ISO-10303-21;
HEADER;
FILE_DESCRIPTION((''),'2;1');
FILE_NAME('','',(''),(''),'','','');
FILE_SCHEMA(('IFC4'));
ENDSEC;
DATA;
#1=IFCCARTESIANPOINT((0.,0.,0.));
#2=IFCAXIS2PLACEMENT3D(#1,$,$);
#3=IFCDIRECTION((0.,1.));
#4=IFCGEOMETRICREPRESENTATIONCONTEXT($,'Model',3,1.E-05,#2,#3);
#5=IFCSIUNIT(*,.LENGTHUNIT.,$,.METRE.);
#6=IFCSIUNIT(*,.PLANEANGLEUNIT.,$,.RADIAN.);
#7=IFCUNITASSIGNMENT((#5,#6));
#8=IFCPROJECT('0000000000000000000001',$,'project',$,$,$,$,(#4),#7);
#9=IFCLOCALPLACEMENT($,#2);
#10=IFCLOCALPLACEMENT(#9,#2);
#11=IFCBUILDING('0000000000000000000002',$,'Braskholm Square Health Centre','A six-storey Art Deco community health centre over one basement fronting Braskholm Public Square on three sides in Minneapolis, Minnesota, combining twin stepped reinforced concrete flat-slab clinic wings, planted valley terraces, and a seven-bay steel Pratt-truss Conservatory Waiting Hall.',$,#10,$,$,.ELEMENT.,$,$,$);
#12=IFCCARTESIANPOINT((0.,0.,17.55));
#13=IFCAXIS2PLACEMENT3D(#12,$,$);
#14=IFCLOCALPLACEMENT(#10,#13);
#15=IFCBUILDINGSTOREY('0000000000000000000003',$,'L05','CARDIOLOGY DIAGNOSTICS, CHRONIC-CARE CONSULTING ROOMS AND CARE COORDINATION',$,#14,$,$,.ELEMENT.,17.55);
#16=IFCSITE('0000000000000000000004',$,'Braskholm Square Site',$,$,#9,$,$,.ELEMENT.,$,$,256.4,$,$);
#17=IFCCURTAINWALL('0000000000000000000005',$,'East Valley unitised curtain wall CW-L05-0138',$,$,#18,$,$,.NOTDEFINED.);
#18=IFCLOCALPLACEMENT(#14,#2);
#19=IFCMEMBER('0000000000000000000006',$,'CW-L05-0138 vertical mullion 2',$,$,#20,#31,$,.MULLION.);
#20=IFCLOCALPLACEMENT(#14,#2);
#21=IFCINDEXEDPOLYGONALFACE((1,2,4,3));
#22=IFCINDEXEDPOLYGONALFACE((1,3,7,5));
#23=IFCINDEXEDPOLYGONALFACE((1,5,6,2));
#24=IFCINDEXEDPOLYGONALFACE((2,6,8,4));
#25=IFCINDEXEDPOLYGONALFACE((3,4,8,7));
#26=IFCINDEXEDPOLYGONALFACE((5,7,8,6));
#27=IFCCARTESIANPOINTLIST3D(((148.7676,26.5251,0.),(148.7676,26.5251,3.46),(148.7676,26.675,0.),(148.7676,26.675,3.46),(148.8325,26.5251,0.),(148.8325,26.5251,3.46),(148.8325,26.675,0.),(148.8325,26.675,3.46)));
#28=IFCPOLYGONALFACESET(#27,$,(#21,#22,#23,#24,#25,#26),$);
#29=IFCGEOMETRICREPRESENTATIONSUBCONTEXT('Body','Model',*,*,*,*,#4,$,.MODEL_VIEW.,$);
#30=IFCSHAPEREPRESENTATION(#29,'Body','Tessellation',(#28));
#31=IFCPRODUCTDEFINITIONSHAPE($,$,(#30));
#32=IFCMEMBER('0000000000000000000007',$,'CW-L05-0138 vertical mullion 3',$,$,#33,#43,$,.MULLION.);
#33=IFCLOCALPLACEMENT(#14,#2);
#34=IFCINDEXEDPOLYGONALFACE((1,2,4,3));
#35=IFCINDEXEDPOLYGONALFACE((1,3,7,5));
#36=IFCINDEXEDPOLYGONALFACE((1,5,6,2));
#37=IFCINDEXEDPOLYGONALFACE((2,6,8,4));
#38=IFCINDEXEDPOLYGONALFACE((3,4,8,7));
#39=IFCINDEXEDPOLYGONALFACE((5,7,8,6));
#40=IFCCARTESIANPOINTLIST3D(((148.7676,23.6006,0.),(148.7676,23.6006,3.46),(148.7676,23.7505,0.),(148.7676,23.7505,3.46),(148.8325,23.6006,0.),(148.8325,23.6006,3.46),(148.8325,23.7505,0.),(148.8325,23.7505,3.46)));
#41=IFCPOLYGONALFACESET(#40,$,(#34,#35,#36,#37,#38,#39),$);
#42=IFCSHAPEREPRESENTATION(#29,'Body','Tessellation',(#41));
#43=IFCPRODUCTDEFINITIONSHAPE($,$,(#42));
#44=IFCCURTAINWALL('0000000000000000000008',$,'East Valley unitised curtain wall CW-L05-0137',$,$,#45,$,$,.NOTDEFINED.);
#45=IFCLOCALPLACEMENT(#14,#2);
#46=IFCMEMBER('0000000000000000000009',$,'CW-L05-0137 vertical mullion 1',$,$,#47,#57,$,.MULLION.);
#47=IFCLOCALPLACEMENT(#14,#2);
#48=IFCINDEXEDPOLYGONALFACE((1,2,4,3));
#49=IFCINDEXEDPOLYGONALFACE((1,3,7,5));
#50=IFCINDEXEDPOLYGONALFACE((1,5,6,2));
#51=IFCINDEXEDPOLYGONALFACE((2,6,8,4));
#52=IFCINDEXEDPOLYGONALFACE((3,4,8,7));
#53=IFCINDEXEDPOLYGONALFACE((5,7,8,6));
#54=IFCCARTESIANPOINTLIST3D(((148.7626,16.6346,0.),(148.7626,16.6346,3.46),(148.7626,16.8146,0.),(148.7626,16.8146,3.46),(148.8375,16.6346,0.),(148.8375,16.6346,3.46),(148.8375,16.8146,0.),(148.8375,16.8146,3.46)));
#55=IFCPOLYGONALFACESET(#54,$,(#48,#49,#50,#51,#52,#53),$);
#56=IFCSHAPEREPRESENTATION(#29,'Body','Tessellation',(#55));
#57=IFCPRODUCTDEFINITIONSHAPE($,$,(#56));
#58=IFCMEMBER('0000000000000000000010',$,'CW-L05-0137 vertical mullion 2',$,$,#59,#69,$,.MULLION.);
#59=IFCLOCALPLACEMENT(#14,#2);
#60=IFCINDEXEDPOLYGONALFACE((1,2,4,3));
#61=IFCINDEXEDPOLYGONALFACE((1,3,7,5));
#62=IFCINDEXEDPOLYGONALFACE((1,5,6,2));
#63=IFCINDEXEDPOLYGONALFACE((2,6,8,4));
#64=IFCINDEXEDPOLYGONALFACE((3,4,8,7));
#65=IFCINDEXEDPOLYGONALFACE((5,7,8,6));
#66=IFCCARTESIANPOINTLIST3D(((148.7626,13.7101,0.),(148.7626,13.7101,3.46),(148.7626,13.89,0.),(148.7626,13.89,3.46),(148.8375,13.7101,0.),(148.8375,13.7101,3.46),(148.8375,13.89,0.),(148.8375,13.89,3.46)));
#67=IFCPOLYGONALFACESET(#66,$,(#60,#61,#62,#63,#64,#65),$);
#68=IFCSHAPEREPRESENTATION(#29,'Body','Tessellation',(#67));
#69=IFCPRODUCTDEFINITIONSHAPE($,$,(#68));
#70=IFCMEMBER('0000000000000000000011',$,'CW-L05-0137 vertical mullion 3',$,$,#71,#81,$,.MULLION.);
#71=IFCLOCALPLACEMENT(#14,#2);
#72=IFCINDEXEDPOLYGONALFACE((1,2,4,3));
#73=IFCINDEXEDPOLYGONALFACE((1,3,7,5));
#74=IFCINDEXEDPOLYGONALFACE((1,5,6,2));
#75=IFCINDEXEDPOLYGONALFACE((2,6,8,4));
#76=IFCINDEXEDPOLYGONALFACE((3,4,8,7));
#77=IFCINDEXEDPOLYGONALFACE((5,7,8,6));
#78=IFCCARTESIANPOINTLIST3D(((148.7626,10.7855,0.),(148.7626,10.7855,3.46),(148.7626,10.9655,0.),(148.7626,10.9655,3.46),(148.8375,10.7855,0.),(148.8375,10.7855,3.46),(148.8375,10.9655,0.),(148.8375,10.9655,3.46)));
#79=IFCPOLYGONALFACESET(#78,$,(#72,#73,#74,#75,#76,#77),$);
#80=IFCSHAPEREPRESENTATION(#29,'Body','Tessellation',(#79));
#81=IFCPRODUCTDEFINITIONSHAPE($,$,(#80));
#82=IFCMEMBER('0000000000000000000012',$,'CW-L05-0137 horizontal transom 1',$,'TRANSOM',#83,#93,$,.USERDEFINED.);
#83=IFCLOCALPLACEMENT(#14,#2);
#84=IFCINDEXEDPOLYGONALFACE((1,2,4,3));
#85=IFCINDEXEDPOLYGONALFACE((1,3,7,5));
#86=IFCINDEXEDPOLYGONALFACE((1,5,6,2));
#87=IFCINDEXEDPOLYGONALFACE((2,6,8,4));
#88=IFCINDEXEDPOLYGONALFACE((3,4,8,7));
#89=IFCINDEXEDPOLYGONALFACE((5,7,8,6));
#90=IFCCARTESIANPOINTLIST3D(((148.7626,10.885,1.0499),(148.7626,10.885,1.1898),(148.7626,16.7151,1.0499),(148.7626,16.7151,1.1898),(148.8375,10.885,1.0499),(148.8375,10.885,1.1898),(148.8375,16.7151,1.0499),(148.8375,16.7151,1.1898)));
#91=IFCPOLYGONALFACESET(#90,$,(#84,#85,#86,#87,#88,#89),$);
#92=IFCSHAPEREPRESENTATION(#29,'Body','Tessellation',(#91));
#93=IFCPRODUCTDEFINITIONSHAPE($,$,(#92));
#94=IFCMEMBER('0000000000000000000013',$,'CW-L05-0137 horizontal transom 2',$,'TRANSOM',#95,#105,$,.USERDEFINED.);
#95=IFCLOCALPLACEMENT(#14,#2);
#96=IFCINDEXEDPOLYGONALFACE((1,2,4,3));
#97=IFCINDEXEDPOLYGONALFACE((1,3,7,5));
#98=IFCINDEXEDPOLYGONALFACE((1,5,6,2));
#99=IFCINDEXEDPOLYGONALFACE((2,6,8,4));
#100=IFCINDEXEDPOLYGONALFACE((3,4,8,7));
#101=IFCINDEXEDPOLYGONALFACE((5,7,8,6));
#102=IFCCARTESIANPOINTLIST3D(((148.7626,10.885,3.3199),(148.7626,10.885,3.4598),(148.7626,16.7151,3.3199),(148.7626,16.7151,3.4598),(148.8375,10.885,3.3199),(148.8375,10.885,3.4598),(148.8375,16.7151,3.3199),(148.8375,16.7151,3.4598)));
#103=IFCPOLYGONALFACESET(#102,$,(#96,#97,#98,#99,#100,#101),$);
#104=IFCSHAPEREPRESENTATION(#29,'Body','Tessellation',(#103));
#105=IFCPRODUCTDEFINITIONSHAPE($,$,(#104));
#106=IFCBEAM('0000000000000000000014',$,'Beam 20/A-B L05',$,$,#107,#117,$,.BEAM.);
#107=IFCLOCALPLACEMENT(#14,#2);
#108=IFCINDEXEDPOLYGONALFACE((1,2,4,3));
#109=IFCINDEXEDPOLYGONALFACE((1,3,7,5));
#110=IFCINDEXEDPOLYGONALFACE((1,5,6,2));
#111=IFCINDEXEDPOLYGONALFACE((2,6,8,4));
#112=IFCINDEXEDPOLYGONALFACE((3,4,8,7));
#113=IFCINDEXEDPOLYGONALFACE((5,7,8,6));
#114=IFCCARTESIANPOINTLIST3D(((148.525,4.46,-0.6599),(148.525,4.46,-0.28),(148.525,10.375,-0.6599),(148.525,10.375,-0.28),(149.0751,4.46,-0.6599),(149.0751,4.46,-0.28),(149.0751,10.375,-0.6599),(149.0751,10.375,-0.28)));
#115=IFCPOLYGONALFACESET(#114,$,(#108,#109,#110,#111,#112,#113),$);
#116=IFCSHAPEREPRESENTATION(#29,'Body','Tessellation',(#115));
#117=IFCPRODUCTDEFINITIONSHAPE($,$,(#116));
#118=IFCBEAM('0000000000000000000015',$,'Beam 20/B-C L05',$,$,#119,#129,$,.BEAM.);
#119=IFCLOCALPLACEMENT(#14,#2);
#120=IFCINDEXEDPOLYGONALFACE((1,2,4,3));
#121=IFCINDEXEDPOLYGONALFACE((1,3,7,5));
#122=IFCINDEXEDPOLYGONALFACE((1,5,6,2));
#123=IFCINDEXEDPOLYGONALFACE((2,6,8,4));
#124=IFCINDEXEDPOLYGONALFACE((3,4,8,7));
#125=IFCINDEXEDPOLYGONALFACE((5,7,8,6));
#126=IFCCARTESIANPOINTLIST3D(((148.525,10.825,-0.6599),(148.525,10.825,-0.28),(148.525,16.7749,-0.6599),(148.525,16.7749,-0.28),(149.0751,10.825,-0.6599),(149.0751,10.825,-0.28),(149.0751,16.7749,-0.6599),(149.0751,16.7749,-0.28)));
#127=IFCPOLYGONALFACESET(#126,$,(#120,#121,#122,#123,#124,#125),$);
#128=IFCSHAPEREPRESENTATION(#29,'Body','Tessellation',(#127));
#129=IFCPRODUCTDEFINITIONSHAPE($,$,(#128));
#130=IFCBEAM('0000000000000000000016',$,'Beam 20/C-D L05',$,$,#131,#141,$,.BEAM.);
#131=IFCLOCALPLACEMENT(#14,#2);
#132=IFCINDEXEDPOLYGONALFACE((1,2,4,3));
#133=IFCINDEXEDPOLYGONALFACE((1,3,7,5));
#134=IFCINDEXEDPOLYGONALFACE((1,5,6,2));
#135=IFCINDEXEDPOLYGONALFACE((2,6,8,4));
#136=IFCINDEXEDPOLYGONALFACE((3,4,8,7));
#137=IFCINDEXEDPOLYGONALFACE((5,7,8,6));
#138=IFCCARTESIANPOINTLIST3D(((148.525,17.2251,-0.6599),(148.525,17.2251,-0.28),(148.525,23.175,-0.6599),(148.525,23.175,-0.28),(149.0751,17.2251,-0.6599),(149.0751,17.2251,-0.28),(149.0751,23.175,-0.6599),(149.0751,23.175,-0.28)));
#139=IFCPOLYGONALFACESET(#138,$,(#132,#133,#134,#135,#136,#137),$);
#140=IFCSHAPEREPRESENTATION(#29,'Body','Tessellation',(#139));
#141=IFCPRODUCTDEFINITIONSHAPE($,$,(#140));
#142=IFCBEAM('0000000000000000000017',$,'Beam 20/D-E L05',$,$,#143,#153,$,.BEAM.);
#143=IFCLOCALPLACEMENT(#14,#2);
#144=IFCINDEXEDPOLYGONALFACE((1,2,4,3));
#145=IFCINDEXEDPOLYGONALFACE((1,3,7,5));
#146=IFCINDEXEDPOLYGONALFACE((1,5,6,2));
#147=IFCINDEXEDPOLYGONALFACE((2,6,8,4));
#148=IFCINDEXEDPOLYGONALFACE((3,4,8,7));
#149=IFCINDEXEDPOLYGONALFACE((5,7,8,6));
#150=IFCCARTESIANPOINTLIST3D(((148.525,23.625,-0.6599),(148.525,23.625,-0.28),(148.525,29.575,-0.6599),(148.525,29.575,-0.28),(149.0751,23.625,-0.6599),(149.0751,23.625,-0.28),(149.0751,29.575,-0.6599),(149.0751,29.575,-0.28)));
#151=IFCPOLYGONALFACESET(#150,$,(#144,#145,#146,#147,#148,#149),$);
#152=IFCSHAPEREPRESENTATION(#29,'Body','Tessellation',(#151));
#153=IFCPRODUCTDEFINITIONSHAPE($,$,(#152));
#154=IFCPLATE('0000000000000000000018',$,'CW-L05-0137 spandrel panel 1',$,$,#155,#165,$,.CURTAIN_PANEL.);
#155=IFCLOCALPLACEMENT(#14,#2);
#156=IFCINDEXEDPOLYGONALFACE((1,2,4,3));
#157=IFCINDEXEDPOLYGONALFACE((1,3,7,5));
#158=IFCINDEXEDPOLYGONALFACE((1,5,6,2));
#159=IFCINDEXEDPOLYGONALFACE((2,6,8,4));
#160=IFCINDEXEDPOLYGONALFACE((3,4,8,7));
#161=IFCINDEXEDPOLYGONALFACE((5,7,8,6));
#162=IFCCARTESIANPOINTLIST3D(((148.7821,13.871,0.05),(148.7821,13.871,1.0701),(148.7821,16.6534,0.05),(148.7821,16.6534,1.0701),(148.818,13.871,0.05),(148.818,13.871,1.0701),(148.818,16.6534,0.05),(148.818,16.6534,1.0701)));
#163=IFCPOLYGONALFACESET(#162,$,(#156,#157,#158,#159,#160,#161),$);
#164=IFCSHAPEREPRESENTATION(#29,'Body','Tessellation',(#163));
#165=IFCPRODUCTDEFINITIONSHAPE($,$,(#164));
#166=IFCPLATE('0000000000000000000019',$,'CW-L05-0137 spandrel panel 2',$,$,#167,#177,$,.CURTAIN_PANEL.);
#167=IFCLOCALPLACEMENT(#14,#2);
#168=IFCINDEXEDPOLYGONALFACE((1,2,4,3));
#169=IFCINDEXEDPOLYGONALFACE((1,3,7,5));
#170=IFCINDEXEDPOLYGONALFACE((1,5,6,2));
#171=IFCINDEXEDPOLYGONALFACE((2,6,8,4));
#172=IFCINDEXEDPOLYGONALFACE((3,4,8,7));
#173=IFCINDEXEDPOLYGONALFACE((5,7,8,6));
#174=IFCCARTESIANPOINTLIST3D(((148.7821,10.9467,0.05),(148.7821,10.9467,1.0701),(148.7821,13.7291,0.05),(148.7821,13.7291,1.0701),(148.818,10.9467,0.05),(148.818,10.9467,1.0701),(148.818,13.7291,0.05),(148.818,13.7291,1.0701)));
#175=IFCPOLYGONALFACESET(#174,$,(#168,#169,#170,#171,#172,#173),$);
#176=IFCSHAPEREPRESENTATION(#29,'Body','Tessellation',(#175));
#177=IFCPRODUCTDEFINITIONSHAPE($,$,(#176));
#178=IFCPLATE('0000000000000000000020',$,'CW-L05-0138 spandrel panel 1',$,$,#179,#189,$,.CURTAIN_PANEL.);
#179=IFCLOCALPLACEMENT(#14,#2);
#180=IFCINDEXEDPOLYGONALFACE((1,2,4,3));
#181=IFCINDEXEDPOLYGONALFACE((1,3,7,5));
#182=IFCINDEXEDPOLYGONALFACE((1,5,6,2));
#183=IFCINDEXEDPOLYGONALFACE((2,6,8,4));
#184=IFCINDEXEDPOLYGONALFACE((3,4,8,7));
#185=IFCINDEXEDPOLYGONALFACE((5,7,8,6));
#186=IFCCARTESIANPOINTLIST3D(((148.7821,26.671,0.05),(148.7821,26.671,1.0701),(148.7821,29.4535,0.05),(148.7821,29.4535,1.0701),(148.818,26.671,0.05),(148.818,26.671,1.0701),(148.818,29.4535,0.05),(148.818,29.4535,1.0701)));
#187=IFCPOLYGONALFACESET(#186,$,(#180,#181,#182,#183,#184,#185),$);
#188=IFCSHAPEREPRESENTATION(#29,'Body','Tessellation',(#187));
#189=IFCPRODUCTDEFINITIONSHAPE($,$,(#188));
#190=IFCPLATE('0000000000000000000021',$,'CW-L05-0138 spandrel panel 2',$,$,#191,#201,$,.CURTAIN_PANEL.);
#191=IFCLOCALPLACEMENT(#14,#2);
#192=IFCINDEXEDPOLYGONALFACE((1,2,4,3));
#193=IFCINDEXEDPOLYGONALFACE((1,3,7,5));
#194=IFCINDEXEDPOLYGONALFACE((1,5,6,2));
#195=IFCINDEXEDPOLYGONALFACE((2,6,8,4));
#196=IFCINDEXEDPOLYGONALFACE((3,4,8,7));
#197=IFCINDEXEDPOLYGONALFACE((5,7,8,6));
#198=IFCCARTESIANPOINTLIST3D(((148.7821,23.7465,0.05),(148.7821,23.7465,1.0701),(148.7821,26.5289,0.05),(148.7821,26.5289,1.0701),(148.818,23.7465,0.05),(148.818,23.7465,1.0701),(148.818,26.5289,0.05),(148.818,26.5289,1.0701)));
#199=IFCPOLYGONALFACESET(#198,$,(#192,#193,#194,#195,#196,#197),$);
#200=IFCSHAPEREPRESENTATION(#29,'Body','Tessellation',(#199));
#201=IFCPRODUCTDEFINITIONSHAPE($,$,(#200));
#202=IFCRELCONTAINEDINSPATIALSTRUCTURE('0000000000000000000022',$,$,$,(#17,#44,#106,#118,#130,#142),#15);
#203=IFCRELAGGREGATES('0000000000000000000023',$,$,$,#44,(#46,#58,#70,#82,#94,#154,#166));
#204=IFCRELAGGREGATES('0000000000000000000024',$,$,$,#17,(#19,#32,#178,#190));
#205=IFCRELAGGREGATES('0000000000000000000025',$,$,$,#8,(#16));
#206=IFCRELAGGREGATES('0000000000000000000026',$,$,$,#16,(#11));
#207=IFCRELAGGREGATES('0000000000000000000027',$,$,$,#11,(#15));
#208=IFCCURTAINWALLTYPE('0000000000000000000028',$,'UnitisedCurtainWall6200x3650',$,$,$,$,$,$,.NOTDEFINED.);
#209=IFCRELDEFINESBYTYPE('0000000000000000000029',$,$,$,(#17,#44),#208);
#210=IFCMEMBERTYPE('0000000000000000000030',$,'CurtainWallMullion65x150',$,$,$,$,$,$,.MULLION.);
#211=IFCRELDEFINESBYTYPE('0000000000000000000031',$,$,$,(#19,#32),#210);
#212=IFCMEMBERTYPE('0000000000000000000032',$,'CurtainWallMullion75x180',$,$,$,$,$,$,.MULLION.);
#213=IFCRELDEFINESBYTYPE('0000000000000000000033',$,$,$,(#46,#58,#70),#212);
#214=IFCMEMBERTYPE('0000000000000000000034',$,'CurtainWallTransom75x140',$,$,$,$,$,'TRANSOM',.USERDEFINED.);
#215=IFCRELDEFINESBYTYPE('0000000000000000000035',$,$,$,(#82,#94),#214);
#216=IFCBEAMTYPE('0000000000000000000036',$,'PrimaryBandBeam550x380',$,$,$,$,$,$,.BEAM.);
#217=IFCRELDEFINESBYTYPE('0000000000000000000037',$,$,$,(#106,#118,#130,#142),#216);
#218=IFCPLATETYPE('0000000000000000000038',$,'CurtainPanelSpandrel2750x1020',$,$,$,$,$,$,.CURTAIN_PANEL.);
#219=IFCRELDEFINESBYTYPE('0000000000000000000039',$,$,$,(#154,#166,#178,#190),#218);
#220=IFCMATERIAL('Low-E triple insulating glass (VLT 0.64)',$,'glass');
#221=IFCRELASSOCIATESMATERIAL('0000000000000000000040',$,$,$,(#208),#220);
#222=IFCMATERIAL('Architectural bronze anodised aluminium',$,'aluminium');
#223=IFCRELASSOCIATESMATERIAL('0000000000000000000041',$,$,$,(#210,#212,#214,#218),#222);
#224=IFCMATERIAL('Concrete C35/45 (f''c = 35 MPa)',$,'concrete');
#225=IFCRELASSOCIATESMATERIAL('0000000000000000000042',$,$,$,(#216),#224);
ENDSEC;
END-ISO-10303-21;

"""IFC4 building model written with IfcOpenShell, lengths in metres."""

from ifc_helpers import new_model, si_unit, direction, frame, origin, origin_2d, place, context, subcontext, project, spatial, rectangle, extrude, material, material_profile, profile_set, type_object, element, aggregate, save


model = new_model("IFC4")

# Units and contexts
model_context = context("Model", 3, precision=1e-05, world=origin(), true_north=direction((0.0, 1.0)))
body_context = subcontext(model_context, "Body", "Model", "MODEL_VIEW")
ifc_project = project(units=[si_unit("LENGTHUNIT", "METRE"), si_unit("PLANEANGLEUNIT", "RADIAN")], contexts=[model_context])

# Site, building, storey
site_placement = place(None, origin())
site = spatial("IfcSite", under=ifc_project, at=site_placement, Name="Braskholm Square Site", CompositionType="ELEMENT", RefElevation=256.4)
building_placement = place(site_placement, origin())
building = spatial("IfcBuilding", under=site, at=building_placement, Name="Braskholm Square Health Centre", Description="A six-storey Art Deco community health centre over one basement fronting Braskholm Public Square on three sides in Minneapolis, Minnesota, combining twin stepped reinforced concrete flat-slab clinic wings, planted valley terraces, and a seven-bay steel Pratt-truss Conservatory Waiting Hall.", CompositionType="ELEMENT")
storey_placement = place(building_placement, frame((0.0, 0.0, 17.55)))
storey = spatial("IfcBuildingStorey", under=building, at=storey_placement, Name="L05", Description="CARDIOLOGY DIAGNOSTICS, CHRONIC-CARE CONSULTING ROOMS AND CARE COORDINATION", CompositionType="ELEMENT", Elevation=17.55)

# Curtain walls, members
ifc_material_1 = material(Name="Low-E triple insulating glass (VLT 0.64)", Category="glass")
curtain_wall_type = type_object("IfcCurtainWallType", Name="UnitisedCurtainWall6200x3650", PredefinedType="NOTDEFINED", material=ifc_material_1)
curtain_wall_1_placement = place(storey_placement, origin())
curtain_wall_1 = element("IfcCurtainWall", 1, at=curtain_wall_1_placement, inside=storey, type_object=curtain_wall_type, Name="East Valley unitised curtain wall CW-L05-0138", PredefinedType="NOTDEFINED")
ifc_material_2 = material(Name="Architectural bronze anodised aluminium", Category="aluminium")
ifc_material_profile_1 = material_profile(ifc_material_2, rectangle(XDim=0.0649, YDim=0.1499, at=origin_2d()), Name="ALU-65X150")
ifc_profile_set_1 = profile_set([ifc_material_profile_1], Name="Architectural bronze anodised aluminium")
member_type_1 = type_object("IfcMemberType", Name="CurtainWallMullion65x150", PredefinedType="MULLION", material=ifc_profile_set_1)
member_1_placement = place(storey_placement, frame((148.8, 26.6001, 0.0), z_axis=(0.0, 0.0, 1.0), x_axis=(1.0, 0.0, 0.0)))
member_1 = element("IfcMember", 2, at=member_1_placement, type_object=member_type_1, Name="CW-L05-0138 vertical mullion 2", PredefinedType="MULLION", context=body_context, shape_type="SweptSolid", body=[
    extrude(rectangle(XDim=0.0649, YDim=0.1499, at=origin_2d()), origin(), (0.0, 0.0, 1.0), 3.46),
])
member_2_placement = place(storey_placement, frame((148.8, 23.6755, 0.0), z_axis=(0.0, 0.0, 1.0), x_axis=(1.0, 0.0, 0.0)))
member_2 = element("IfcMember", 3, at=member_2_placement, type_object=member_type_1, Name="CW-L05-0138 vertical mullion 3", PredefinedType="MULLION", context=body_context, shape_type="SweptSolid", body=[
    extrude(rectangle(XDim=0.0649, YDim=0.1499, at=origin_2d()), origin(), (0.0, 0.0, 1.0), 3.46),
])
curtain_wall_2_placement = place(storey_placement, origin())
curtain_wall_2 = element("IfcCurtainWall", 4, at=curtain_wall_2_placement, inside=storey, type_object=curtain_wall_type, Name="East Valley unitised curtain wall CW-L05-0137", PredefinedType="NOTDEFINED")
ifc_material_profile_2 = material_profile(ifc_material_2, rectangle(XDim=0.075, YDim=0.1799, at=origin_2d()), Name="ALU-75X180")
ifc_profile_set_2 = profile_set([ifc_material_profile_2], Name="Architectural bronze anodised aluminium")
member_type_2 = type_object("IfcMemberType", Name="CurtainWallMullion75x180", PredefinedType="MULLION", material=ifc_profile_set_2)
member_3_placement = place(storey_placement, frame((148.8, 16.7246, 0.0), z_axis=(0.0, 0.0, 1.0), x_axis=(1.0, 0.0, 0.0)))
member_3 = element("IfcMember", 5, at=member_3_placement, type_object=member_type_2, Name="CW-L05-0137 vertical mullion 1", PredefinedType="MULLION", context=body_context, shape_type="SweptSolid", body=[
    extrude(rectangle(XDim=0.075, YDim=0.1799, at=origin_2d()), origin(), (0.0, 0.0, 1.0), 3.46),
])
member_4_placement = place(storey_placement, frame((148.8, 13.8, 0.0), z_axis=(0.0, 0.0, 1.0), x_axis=(1.0, 0.0, 0.0)))
member_4 = element("IfcMember", 6, at=member_4_placement, type_object=member_type_2, Name="CW-L05-0137 vertical mullion 2", PredefinedType="MULLION", context=body_context, shape_type="SweptSolid", body=[
    extrude(rectangle(XDim=0.075, YDim=0.1799, at=origin_2d()), origin(), (0.0, 0.0, 1.0), 3.46),
])
member_5_placement = place(storey_placement, frame((148.8, 10.8755, 0.0), z_axis=(0.0, 0.0, 1.0), x_axis=(1.0, 0.0, 0.0)))
member_5 = element("IfcMember", 7, at=member_5_placement, type_object=member_type_2, Name="CW-L05-0137 vertical mullion 3", PredefinedType="MULLION", context=body_context, shape_type="SweptSolid", body=[
    extrude(rectangle(XDim=0.075, YDim=0.1799, at=origin_2d()), origin(), (0.0, 0.0, 1.0), 3.46),
])
ifc_material_profile_3 = material_profile(ifc_material_2, rectangle(XDim=0.075, YDim=0.1399, at=origin_2d()), Name="ALU-75X140")
ifc_profile_set_3 = profile_set([ifc_material_profile_3], Name="Architectural bronze anodised aluminium")
member_type_3 = type_object("IfcMemberType", Name="CurtainWallTransom75x140", ElementType="TRANSOM", PredefinedType="USERDEFINED", material=ifc_profile_set_3)
member_6_placement = place(storey_placement, frame((148.8, 16.7151, 1.1199), z_axis=(0.0, -1.0, 0.0), x_axis=(1.0, 0.0, 0.0)))
member_6 = element("IfcMember", 8, at=member_6_placement, type_object=member_type_3, Name="CW-L05-0137 horizontal transom 1", ObjectType="TRANSOM", PredefinedType="USERDEFINED", context=body_context, shape_type="SweptSolid", body=[
    extrude(rectangle(XDim=0.075, YDim=0.1399, at=origin_2d()), origin(), (0.0, 0.0, 1.0), 5.8301),
])
member_7_placement = place(storey_placement, frame((148.8, 16.7151, 3.3899), z_axis=(0.0, -1.0, 0.0), x_axis=(1.0, 0.0, 0.0)))
member_7 = element("IfcMember", 9, at=member_7_placement, type_object=member_type_3, Name="CW-L05-0137 horizontal transom 2", ObjectType="TRANSOM", PredefinedType="USERDEFINED", context=body_context, shape_type="SweptSolid", body=[
    extrude(rectangle(XDim=0.075, YDim=0.1399, at=origin_2d()), origin(), (0.0, 0.0, 1.0), 5.8301),
])

# Beams
ifc_material_3 = material(Name="Concrete C35/45 (f'c = 35 MPa)", Category="concrete")
ifc_material_profile_4 = material_profile(ifc_material_3, rectangle(XDim=0.55, YDim=0.3799, at=origin_2d()), Name="RCB-550X380")
ifc_profile_set_4 = profile_set([ifc_material_profile_4], Name="Concrete C35/45 (f'c = 35 MPa)")
beam_type = type_object("IfcBeamType", Name="PrimaryBandBeam550x380", PredefinedType="BEAM", material=ifc_profile_set_4)
beam_placement = place(storey_placement, frame((148.8, 4.46, -0.47), z_axis=(0.0, 1.0, 0.0), x_axis=(-1.0, 0.0, 0.0)))
element("IfcBeam", 10, at=beam_placement, inside=storey, type_object=beam_type, Name="Beam 20/A-B L05", PredefinedType="BEAM", context=body_context, shape_type="SweptSolid", body=[
    extrude(rectangle(XDim=0.55, YDim=0.3799, at=origin_2d()), origin(), (0.0, 0.0, 1.0), 5.915),
])
for number, where, z_axis, x_axis, name in (
    (11, (148.8, 10.825, -0.47), (0.0, 1.0, 0.0), (-1.0, 0.0, 0.0), "Beam 20/B-C L05"),
    (12, (148.8, 17.2251, -0.47), (0.0, 1.0, 0.0), (-1.0, 0.0, 0.0), "Beam 20/C-D L05"),
    (13, (148.8, 23.625, -0.47), (0.0, 1.0, 0.0), (-1.0, 0.0, 0.0), "Beam 20/D-E L05"),
):
    element("IfcBeam", number, at=place(storey_placement, frame(where, z_axis=z_axis, x_axis=x_axis)), inside=storey, type_object=beam_type, Name=name, PredefinedType="BEAM", context=body_context, shape_type="SweptSolid", body=[
        extrude(rectangle(XDim=0.55, YDim=0.3799, at=origin_2d()), origin(), (0.0, 0.0, 1.0), 5.95),
    ])

# Plates
plate_type_1 = type_object("IfcPlateType", Name="CurtainPanelSpandrel2750x1020", PredefinedType="CURTAIN_PANEL", material=ifc_material_2)
plate_1_placement = place(storey_placement, frame((148.8, 15.2622, 0.05), z_axis=(0.0, 0.0, 1.0), x_axis=(0.0, -1.0, 0.0)))
plate_1 = element("IfcPlate", 14, at=plate_1_placement, type_object=plate_type_1, Name="CW-L05-0137 spandrel panel 1", PredefinedType="CURTAIN_PANEL", context=body_context, shape_type="SweptSolid", body=[
    extrude(rectangle(XDim=2.7825, YDim=0.0359, at=origin_2d()), origin(), (0.0, 0.0, 1.0), 1.02),
])
plate_2_placement = place(storey_placement, frame((148.8, 12.3379, 0.05), z_axis=(0.0, 0.0, 1.0), x_axis=(0.0, -1.0, 0.0)))
plate_2 = element("IfcPlate", 15, at=plate_2_placement, type_object=plate_type_1, Name="CW-L05-0137 spandrel panel 2", PredefinedType="CURTAIN_PANEL", context=body_context, shape_type="SweptSolid", body=[
    extrude(rectangle(XDim=2.7825, YDim=0.0359, at=origin_2d()), origin(), (0.0, 0.0, 1.0), 1.02),
])
plate_3_placement = place(storey_placement, frame((148.8, 28.0623, 0.05), z_axis=(0.0, 0.0, 1.0), x_axis=(0.0, -1.0, 0.0)))
plate_3 = element("IfcPlate", 16, at=plate_3_placement, type_object=plate_type_1, Name="CW-L05-0138 spandrel panel 1", PredefinedType="CURTAIN_PANEL", context=body_context, shape_type="SweptSolid", body=[
    extrude(rectangle(XDim=2.7825, YDim=0.0359, at=origin_2d()), origin(), (0.0, 0.0, 1.0), 1.02),
])
plate_4_placement = place(storey_placement, frame((148.8, 25.1377, 0.05), z_axis=(0.0, 0.0, 1.0), x_axis=(0.0, -1.0, 0.0)))
plate_4 = element("IfcPlate", 17, at=plate_4_placement, type_object=plate_type_1, Name="CW-L05-0138 spandrel panel 2", PredefinedType="CURTAIN_PANEL", context=body_context, shape_type="SweptSolid", body=[
    extrude(rectangle(XDim=2.7825, YDim=0.0359, at=origin_2d()), origin(), (0.0, 0.0, 1.0), 1.02),
])
aggregate(curtain_wall_2, [member_3, member_4, member_5, member_6, member_7, plate_1, plate_2])
aggregate(curtain_wall_1, [member_1, member_2, plate_3, plate_4])

save(model, "model.ifc")
